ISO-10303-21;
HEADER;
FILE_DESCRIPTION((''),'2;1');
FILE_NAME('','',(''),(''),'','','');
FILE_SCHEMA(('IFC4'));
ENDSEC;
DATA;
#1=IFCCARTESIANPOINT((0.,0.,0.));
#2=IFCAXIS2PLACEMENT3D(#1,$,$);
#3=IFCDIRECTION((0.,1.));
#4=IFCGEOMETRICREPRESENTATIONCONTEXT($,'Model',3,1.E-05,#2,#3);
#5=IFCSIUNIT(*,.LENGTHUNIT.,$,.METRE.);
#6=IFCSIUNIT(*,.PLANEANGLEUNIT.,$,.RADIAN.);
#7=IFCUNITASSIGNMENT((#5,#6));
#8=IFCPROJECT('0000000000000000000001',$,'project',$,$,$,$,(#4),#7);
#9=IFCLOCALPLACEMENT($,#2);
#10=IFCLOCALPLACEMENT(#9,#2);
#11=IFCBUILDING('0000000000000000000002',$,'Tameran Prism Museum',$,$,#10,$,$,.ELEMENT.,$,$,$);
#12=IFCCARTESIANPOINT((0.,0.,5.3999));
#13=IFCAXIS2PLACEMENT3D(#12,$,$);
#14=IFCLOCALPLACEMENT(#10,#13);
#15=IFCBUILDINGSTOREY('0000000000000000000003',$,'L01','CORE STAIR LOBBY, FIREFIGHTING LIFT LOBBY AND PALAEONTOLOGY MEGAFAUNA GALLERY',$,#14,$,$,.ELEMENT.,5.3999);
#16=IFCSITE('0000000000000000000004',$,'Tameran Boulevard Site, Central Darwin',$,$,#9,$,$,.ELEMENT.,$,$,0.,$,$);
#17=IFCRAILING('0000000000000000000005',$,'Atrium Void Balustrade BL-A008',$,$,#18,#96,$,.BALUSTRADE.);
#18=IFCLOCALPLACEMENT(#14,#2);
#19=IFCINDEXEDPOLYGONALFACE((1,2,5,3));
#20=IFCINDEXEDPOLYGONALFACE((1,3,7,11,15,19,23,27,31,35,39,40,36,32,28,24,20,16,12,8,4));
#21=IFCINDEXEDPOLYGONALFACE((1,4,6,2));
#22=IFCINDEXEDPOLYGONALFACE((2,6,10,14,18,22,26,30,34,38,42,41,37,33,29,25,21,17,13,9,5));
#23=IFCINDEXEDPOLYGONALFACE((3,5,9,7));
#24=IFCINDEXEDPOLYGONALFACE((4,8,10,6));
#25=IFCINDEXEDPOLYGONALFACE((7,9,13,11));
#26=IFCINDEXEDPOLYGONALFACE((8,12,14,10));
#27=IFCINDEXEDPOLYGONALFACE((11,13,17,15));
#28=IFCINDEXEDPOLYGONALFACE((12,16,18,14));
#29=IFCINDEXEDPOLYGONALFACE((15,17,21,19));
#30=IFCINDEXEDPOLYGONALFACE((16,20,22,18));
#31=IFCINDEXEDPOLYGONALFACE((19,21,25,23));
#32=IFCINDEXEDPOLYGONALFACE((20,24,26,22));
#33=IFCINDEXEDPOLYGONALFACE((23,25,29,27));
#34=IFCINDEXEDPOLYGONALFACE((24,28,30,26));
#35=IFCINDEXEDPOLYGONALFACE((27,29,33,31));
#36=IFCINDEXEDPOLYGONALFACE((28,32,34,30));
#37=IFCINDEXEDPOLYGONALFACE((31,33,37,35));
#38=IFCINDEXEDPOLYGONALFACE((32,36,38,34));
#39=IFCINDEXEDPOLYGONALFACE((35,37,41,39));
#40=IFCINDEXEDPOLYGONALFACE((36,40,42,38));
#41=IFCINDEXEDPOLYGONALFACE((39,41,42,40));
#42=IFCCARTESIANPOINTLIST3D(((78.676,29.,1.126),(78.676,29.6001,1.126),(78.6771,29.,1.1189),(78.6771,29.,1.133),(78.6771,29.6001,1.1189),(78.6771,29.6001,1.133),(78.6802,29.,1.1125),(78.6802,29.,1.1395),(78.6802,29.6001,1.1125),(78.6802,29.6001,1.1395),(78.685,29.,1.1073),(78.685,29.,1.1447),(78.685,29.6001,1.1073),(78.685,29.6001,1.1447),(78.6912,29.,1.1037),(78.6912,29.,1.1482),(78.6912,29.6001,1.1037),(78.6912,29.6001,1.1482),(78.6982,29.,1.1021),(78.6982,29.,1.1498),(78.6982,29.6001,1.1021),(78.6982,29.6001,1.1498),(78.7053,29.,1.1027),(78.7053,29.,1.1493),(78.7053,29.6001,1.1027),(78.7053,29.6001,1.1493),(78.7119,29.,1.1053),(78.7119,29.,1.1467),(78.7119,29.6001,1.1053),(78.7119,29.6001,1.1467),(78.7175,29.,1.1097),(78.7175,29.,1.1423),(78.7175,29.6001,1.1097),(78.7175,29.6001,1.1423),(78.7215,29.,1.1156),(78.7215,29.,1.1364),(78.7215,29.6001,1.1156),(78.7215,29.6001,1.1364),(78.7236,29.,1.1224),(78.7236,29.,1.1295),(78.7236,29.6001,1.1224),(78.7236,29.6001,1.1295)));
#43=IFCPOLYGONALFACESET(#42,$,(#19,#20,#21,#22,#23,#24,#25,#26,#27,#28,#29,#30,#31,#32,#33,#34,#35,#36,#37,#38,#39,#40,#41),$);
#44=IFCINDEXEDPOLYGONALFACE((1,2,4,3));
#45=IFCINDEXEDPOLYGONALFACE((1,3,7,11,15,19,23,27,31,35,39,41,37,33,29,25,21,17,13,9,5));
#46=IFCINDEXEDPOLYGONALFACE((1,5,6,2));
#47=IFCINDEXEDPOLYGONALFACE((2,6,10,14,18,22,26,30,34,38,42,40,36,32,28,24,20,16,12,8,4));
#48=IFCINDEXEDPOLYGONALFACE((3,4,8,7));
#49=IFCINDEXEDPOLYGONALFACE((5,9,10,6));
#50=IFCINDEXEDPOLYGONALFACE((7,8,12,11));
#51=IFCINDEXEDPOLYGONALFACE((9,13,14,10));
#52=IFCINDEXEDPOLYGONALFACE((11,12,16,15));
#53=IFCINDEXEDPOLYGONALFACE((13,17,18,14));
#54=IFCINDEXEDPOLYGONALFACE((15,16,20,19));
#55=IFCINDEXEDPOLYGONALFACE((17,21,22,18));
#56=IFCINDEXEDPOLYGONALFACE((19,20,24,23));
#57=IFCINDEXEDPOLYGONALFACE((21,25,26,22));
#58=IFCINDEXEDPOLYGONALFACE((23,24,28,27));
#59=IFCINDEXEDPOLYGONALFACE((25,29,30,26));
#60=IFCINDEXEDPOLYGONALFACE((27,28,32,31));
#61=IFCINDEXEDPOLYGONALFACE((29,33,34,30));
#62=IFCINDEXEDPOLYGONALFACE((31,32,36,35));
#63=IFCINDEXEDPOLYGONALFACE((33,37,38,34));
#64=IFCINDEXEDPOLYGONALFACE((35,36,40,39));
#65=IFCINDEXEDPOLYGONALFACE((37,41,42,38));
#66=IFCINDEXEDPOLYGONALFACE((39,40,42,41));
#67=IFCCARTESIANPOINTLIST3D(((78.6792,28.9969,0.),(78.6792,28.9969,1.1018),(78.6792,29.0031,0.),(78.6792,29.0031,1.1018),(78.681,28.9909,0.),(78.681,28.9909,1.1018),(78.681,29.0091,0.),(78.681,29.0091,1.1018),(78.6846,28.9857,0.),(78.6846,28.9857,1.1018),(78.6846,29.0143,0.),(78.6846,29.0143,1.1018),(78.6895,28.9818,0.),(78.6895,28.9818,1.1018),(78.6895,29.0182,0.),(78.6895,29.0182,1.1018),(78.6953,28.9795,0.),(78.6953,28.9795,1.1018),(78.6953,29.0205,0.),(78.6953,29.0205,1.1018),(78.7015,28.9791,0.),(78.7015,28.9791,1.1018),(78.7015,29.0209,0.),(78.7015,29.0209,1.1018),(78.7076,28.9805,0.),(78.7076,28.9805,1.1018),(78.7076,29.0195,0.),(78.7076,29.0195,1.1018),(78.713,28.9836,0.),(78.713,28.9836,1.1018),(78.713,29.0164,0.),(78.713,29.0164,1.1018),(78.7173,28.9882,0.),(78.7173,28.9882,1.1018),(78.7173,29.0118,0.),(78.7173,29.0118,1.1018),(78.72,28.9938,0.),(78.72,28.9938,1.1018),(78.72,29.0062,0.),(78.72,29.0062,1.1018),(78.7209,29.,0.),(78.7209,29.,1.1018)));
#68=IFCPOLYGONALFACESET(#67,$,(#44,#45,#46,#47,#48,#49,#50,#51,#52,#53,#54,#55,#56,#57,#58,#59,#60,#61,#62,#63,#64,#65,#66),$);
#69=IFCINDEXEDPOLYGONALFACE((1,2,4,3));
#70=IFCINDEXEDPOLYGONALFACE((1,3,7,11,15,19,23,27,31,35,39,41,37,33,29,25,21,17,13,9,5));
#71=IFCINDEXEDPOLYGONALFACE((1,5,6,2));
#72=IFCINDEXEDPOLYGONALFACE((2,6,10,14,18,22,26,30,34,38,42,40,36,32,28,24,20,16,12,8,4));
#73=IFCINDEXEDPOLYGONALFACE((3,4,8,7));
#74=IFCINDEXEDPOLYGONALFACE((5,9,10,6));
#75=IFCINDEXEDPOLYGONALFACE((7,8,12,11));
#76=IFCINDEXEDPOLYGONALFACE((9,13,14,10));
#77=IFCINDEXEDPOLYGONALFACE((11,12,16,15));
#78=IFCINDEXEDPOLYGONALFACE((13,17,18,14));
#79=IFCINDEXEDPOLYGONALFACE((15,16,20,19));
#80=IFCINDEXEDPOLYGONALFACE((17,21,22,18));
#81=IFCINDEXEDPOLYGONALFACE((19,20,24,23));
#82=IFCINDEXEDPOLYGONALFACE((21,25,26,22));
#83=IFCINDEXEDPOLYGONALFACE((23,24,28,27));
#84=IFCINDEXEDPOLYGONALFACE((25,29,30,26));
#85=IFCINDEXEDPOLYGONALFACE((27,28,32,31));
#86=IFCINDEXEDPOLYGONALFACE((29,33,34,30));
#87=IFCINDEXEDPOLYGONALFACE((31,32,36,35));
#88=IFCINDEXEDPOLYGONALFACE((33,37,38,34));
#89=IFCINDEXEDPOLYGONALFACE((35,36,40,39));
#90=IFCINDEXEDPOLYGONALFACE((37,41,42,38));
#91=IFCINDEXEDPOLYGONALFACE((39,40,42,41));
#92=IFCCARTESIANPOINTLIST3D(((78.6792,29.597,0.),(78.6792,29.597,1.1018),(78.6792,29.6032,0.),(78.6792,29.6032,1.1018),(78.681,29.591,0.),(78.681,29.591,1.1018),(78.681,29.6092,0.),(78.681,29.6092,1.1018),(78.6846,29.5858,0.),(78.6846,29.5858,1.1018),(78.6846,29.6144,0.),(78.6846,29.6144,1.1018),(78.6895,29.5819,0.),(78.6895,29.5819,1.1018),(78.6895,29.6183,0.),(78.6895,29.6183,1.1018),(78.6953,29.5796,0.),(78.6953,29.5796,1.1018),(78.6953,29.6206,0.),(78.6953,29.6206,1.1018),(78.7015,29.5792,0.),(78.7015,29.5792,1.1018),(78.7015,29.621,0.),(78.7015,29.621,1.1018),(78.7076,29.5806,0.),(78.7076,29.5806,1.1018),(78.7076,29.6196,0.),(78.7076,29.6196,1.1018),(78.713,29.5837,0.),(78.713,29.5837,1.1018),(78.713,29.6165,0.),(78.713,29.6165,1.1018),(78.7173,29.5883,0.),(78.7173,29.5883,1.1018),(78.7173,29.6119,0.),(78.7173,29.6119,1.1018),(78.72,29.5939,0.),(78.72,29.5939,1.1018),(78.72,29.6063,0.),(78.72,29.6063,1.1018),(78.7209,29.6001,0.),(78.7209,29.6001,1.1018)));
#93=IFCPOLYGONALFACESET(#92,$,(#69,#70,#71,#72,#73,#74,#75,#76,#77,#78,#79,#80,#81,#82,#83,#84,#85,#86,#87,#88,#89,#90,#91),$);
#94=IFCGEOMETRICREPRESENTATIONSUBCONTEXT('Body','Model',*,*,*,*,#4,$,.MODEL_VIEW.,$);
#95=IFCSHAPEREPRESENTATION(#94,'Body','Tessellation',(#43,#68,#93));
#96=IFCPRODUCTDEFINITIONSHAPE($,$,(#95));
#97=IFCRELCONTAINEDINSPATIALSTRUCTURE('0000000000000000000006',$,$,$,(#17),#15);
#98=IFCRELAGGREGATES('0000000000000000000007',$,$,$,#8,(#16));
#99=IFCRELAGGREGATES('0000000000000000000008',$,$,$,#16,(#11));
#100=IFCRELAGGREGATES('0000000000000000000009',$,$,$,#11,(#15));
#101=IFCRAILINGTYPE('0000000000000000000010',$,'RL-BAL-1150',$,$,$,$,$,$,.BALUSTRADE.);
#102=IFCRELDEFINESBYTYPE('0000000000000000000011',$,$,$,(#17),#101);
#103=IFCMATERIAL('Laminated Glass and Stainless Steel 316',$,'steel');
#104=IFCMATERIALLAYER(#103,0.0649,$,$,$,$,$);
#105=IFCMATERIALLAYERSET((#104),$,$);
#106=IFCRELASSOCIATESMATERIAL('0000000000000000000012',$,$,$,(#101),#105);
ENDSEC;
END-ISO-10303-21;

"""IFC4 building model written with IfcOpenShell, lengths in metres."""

from ifc_helpers import new_model, si_unit, direction, frame, origin, origin_2d, place, context, subcontext, project, spatial, circle, extrude, material, layer, layer_set, type_object, element, save


model = new_model("IFC4")

# Units and contexts
model_context = context("Model", 3, precision=1e-05, world=origin(), true_north=direction((0.0, 1.0)))
body_context = subcontext(model_context, "Body", "Model", "MODEL_VIEW")
ifc_project = project(units=[si_unit("LENGTHUNIT", "METRE"), si_unit("PLANEANGLEUNIT", "RADIAN")], contexts=[model_context])

# Site, building, storey
site_placement = place(None, origin())
site = spatial("IfcSite", under=ifc_project, at=site_placement, Name="Tameran Boulevard Site, Central Darwin", CompositionType="ELEMENT", RefElevation=0.0)
building_placement = place(site_placement, origin())
building = spatial("IfcBuilding", under=site, at=building_placement, Name="Tameran Prism Museum", CompositionType="ELEMENT")
storey_placement = place(building_placement, frame((0.0, 0.0, 5.3999)))
storey = spatial("IfcBuildingStorey", under=building, at=storey_placement, Name="L01", Description="CORE STAIR LOBBY, FIREFIGHTING LIFT LOBBY AND PALAEONTOLOGY MEGAFAUNA GALLERY", CompositionType="ELEMENT", Elevation=5.3999)

# Railing
ifc_material_1 = material(Name="Laminated Glass and Stainless Steel 316", Category="steel")
ifc_layer_1 = layer(ifc_material_1, 0.0649)
ifc_layer_set_1 = layer_set([ifc_layer_1])
railing_type = type_object("IfcRailingType", Name="RL-BAL-1150", PredefinedType="BALUSTRADE", material=ifc_layer_set_1)
railing_1_placement = place(storey_placement, frame((78.7, 29.0, 0.0)))
element("IfcRailing", 1, at=railing_1_placement, inside=storey, type_object=railing_type, Name="Atrium Void Balustrade BL-A008", PredefinedType="BALUSTRADE", context=body_context, shape_type="SweptSolid", body=[
    extrude(circle(Radius=0.0239, at=origin_2d()), frame((0.0, 0.0, 1.126), z_axis=(0.0, 1.0, 0.0), x_axis=(-1.0, 0.0, 0.0)), (0.0, 0.0, 1.0), 0.6001),
    extrude(circle(Radius=0.021, at=origin_2d()), origin(), (0.0, 0.0, 1.0), 1.1018),
    extrude(circle(Radius=0.021, at=origin_2d()), frame((0.0, 0.6001, 0.0)), (0.0, 0.0, 1.0), 1.1018),
])

save(model, "model.ifc")
